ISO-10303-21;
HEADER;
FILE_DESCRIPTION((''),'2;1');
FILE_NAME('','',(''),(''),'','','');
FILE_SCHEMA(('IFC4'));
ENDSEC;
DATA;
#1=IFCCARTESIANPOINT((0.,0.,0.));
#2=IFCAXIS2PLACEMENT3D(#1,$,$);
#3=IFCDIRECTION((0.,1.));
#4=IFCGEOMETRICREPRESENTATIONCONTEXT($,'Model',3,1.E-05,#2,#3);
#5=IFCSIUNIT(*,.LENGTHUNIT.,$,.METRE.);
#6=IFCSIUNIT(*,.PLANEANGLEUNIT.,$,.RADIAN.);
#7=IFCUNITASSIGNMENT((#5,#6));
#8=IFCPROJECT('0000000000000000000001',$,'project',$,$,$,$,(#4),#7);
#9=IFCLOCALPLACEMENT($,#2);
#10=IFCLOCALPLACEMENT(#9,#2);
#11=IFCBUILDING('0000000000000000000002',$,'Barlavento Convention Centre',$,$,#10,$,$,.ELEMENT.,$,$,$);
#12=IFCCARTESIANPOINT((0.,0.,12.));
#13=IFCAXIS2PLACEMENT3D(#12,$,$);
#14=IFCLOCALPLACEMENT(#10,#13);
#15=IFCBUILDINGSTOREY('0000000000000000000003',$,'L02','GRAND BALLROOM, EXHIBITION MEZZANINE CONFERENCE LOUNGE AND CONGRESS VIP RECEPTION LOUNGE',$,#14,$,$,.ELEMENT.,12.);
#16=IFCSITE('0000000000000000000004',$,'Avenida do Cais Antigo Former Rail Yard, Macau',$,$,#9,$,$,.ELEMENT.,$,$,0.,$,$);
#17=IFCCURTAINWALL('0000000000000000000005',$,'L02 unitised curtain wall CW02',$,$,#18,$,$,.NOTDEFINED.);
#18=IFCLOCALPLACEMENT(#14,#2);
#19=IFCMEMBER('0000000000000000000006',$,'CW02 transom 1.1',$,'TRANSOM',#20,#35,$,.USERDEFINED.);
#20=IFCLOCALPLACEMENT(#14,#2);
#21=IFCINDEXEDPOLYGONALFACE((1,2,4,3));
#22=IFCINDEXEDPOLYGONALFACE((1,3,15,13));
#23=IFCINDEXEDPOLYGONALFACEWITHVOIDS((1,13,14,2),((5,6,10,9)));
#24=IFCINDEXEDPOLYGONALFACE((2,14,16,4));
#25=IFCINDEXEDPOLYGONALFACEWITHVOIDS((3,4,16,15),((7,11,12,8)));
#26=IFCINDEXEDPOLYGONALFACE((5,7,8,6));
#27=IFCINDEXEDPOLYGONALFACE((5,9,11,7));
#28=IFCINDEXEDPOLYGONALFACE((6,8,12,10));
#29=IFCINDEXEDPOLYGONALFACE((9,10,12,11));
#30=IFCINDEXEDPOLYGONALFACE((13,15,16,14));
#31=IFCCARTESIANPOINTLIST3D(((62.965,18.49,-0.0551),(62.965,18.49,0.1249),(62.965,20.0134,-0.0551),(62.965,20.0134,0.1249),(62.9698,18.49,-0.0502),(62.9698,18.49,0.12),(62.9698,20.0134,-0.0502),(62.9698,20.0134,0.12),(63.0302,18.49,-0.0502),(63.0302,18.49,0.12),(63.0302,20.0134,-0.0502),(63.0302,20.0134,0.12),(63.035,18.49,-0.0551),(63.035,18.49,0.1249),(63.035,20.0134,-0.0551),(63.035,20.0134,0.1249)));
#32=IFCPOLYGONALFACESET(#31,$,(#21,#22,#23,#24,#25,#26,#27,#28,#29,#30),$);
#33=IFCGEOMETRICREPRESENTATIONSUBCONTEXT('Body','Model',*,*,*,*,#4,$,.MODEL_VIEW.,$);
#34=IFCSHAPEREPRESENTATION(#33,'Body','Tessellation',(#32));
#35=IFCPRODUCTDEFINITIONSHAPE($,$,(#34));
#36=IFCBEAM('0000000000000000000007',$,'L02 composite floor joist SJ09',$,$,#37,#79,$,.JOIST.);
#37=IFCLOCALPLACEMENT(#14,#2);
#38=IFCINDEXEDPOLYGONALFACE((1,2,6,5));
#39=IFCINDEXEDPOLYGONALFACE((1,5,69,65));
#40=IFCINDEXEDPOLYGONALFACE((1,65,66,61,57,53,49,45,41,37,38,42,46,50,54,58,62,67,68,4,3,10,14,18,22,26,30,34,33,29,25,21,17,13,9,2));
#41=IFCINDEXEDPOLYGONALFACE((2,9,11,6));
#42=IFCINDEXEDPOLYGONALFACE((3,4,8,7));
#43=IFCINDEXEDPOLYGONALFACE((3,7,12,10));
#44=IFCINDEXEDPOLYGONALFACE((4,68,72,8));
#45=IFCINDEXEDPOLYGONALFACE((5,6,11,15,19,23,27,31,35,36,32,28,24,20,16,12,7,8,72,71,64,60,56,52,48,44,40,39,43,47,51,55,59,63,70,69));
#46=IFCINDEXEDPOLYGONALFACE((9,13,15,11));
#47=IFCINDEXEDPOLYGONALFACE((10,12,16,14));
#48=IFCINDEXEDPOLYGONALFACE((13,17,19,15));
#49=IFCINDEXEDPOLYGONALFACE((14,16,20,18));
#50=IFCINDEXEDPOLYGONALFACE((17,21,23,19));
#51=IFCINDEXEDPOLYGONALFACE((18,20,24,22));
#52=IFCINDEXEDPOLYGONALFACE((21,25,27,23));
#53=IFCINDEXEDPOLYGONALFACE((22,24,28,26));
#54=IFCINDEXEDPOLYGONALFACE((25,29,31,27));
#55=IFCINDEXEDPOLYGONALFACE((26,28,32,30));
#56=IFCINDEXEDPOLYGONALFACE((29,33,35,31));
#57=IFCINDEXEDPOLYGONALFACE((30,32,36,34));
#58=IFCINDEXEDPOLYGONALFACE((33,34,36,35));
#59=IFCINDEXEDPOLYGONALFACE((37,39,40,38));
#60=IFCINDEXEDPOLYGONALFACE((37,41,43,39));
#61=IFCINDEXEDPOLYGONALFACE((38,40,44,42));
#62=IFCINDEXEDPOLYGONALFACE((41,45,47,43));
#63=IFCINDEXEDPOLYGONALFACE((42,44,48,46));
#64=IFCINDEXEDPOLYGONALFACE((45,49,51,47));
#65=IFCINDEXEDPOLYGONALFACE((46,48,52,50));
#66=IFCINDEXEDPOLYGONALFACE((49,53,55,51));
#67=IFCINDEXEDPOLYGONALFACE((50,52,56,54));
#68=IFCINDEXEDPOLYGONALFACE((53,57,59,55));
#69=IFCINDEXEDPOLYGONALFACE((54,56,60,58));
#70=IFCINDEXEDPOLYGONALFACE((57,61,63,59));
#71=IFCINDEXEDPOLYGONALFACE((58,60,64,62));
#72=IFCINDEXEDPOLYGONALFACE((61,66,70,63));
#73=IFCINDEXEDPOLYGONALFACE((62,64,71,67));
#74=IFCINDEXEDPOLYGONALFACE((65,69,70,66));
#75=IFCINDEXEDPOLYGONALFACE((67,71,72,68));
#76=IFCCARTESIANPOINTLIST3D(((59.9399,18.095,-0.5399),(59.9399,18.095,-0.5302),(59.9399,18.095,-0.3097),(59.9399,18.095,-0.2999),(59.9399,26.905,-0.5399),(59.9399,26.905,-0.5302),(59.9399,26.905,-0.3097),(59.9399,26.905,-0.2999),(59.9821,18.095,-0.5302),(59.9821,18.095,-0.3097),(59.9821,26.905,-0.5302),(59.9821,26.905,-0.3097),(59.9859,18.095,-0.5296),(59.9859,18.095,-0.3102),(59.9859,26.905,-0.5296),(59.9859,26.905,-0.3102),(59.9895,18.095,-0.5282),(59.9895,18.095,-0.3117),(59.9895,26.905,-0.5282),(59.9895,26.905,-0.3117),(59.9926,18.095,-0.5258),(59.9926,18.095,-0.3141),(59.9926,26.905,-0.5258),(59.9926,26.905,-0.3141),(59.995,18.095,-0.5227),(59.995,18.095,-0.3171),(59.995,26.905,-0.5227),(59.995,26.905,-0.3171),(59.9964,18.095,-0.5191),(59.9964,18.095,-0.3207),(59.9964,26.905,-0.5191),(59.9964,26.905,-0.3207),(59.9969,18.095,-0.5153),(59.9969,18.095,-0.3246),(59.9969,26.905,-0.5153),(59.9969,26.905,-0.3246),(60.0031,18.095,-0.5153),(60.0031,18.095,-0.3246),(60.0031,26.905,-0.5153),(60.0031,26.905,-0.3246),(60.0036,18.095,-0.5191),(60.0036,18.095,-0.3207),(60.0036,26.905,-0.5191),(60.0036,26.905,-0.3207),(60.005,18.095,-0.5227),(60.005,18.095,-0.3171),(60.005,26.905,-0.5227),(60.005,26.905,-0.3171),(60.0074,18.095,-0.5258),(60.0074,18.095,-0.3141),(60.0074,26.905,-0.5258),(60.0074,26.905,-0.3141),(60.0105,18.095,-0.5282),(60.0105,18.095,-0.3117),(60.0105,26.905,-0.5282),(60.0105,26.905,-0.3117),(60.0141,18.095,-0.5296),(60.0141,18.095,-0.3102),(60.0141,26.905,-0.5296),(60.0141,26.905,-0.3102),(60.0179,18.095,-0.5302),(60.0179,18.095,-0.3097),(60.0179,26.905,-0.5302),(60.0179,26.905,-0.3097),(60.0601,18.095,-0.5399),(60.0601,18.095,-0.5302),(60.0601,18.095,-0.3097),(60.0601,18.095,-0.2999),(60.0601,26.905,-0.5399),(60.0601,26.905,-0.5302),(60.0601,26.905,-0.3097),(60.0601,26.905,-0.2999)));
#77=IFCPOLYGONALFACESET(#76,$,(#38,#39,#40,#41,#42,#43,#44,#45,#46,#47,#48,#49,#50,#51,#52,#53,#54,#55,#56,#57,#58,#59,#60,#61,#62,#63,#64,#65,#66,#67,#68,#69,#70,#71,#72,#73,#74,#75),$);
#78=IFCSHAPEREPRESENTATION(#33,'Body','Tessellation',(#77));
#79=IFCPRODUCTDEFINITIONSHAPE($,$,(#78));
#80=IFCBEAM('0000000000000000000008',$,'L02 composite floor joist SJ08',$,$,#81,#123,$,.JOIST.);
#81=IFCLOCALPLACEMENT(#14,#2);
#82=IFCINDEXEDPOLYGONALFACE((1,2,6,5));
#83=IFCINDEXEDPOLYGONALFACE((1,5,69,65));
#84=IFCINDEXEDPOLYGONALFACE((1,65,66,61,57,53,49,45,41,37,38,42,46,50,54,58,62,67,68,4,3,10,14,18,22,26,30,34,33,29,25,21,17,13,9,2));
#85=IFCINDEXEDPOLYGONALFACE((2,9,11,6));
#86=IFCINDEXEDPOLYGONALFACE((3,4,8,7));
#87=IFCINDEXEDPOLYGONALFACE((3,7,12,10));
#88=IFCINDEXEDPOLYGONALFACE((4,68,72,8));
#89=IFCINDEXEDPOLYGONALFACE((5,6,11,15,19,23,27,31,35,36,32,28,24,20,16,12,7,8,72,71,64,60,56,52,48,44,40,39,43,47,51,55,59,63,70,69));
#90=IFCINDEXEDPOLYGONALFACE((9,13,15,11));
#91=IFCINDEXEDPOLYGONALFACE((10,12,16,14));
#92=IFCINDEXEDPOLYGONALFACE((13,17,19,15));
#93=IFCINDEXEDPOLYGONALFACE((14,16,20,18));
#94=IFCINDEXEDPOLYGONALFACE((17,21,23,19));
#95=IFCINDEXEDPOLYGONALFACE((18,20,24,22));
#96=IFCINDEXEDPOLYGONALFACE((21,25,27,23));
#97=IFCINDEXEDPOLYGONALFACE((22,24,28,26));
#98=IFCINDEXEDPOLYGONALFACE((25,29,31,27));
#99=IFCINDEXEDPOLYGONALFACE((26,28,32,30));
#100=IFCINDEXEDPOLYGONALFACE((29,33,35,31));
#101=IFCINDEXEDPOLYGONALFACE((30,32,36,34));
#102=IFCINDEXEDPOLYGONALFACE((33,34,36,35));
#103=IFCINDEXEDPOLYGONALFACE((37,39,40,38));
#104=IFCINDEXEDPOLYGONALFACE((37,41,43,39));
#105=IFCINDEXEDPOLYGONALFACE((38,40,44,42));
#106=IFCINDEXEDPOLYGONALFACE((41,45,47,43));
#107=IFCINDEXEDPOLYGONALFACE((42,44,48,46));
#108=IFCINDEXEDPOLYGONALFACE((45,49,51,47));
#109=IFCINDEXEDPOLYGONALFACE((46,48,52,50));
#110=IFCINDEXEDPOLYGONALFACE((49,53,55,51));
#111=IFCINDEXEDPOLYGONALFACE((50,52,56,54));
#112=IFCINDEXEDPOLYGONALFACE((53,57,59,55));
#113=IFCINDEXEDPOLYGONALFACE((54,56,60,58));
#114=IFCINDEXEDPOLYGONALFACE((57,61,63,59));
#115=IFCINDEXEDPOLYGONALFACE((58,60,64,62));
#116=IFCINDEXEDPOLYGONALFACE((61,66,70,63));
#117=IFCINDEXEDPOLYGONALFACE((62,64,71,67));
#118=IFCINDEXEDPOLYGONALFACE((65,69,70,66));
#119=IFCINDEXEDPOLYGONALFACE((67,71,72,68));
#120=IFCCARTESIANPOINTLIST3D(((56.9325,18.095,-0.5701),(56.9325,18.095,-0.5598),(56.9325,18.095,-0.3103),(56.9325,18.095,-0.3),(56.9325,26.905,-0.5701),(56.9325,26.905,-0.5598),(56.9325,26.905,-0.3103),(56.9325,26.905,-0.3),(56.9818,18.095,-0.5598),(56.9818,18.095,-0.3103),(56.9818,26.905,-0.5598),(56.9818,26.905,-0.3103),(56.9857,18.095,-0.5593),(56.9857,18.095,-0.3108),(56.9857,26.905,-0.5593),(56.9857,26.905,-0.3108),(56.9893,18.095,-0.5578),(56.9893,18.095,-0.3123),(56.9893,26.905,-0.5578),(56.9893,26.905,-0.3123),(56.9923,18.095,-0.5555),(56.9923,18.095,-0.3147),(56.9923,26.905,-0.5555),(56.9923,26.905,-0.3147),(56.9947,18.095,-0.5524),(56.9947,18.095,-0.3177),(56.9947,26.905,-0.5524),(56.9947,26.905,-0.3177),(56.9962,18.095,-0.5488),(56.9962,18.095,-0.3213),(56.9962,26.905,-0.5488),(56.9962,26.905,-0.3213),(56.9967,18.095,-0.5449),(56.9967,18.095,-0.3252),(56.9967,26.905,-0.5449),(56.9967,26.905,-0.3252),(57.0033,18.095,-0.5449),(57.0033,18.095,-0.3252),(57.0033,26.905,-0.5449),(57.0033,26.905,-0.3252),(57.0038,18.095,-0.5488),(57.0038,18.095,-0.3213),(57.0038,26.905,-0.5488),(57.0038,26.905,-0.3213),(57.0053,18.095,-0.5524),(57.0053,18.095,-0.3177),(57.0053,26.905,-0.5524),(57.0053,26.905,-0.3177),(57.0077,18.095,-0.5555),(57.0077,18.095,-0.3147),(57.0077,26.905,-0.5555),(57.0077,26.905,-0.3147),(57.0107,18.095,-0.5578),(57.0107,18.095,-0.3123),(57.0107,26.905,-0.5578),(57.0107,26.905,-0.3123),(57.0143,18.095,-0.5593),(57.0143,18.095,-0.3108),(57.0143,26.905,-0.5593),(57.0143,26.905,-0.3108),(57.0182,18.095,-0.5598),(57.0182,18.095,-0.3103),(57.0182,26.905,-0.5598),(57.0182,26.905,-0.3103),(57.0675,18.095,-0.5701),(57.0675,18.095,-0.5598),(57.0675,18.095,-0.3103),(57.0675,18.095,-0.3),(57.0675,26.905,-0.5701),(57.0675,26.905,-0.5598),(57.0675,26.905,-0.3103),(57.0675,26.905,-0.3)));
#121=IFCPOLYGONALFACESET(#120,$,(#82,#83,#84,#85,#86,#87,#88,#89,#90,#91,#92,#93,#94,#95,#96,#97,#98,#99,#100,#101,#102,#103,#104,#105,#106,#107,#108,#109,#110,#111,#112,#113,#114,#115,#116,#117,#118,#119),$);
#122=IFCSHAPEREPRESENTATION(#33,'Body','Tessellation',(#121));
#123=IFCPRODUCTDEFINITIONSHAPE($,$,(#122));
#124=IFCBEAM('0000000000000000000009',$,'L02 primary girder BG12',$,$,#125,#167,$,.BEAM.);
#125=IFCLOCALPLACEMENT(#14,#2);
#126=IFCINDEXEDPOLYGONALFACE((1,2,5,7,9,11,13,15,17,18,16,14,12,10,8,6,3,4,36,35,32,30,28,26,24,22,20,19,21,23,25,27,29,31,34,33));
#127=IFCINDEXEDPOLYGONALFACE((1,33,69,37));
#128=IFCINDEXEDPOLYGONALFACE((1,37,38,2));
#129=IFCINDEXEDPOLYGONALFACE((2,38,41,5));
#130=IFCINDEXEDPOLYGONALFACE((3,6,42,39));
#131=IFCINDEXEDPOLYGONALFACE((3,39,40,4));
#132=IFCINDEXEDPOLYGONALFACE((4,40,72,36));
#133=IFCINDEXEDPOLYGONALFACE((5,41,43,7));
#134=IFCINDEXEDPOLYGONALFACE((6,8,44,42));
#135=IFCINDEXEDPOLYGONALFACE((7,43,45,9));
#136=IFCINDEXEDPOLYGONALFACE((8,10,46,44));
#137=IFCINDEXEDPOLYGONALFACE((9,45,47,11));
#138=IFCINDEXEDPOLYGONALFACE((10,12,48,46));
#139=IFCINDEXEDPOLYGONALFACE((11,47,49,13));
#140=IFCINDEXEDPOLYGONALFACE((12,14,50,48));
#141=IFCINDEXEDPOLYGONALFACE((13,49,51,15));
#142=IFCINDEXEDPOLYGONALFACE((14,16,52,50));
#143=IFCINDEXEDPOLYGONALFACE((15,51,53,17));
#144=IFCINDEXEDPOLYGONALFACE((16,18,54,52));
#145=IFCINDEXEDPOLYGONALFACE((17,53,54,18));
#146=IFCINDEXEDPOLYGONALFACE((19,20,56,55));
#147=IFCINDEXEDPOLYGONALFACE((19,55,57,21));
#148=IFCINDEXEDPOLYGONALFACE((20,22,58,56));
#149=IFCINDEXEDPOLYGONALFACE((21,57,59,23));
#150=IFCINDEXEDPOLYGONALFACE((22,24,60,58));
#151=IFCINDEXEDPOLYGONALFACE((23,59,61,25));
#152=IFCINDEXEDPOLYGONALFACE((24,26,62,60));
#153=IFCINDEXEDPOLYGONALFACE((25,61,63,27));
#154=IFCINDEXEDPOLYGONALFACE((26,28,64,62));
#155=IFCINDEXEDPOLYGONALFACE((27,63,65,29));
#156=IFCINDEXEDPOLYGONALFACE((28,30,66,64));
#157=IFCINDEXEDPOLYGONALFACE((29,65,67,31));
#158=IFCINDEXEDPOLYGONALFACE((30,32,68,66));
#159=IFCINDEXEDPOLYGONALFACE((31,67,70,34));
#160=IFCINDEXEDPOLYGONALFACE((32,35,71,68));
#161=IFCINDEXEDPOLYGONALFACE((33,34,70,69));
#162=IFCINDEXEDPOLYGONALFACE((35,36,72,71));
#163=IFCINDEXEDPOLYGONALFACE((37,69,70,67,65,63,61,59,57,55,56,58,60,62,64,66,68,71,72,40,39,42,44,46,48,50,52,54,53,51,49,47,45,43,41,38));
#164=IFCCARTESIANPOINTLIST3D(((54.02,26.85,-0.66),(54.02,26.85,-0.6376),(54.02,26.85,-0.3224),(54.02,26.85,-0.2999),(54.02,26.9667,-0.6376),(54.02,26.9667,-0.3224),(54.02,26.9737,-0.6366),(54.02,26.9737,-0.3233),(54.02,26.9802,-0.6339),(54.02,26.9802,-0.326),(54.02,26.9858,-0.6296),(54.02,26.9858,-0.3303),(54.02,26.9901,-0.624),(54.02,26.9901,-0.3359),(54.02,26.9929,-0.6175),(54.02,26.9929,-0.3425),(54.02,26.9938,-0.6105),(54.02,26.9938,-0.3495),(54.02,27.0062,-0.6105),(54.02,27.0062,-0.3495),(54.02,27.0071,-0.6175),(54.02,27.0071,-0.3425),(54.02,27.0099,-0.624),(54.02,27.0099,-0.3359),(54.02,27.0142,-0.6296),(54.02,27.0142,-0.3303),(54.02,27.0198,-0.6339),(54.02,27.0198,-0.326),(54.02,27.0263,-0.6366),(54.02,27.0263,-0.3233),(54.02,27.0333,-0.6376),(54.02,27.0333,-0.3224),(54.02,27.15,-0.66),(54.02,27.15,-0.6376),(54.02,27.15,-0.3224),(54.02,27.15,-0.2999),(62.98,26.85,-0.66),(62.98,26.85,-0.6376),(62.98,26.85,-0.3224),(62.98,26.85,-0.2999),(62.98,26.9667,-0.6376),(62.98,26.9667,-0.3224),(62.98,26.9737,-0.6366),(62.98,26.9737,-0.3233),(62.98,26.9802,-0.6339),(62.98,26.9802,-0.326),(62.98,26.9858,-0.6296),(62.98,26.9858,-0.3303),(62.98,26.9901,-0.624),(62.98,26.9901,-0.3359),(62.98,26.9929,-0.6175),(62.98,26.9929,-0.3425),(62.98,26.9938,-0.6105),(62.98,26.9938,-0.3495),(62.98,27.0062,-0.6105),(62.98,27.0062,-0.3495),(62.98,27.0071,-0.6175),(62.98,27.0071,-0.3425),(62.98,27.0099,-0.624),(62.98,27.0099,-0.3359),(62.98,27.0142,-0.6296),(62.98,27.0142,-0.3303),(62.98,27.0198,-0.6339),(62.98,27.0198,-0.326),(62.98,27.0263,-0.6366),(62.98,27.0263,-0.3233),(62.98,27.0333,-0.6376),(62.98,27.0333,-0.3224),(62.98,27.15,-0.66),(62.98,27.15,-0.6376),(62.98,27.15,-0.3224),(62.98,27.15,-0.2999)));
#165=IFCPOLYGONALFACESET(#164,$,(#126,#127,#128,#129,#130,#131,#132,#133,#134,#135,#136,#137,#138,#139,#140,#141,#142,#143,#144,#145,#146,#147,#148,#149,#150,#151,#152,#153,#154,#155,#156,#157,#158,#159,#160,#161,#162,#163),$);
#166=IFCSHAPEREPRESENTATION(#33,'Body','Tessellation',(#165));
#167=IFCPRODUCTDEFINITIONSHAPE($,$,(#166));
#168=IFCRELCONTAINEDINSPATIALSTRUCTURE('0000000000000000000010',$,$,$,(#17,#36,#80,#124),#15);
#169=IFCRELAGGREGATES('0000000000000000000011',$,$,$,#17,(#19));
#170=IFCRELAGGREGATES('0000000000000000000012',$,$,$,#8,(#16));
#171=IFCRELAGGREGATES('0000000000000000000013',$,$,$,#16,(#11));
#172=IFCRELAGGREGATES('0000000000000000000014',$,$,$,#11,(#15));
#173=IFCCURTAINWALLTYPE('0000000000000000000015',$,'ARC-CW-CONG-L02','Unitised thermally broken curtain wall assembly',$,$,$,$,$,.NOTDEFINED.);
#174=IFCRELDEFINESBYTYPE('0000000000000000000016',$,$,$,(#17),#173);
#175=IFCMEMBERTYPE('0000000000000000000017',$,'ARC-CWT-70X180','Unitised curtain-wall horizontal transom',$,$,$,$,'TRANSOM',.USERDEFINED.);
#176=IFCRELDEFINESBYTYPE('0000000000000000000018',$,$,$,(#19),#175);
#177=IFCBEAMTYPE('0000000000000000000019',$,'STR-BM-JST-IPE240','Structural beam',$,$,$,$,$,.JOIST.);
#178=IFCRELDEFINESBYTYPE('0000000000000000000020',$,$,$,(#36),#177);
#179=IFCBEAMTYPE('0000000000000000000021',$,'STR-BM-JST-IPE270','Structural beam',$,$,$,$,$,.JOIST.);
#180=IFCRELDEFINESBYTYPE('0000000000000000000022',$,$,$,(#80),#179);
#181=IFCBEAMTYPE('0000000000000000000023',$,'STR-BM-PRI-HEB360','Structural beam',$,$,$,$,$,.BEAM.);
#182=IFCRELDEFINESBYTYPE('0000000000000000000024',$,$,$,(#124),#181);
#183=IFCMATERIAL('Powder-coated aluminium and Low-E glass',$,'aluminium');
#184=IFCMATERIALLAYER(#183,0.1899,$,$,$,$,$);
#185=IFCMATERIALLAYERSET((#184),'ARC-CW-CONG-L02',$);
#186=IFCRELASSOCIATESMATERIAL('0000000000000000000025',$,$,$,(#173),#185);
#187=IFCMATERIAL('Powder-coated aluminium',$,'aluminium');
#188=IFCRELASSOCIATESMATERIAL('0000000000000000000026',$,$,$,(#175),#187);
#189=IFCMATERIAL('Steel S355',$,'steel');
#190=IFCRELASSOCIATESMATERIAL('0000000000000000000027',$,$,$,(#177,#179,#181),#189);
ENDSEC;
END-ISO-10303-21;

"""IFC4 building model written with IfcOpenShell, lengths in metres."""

from ifc_helpers import new_model, si_unit, direction, frame, origin, origin_2d, place, context, subcontext, project, spatial, hollow_rectangle, i_section, extrude, material, layer, layer_set, material_profile, profile_set, type_object, element, aggregate, save


model = new_model("IFC4")

# Units and contexts
model_context = context("Model", 3, precision=1e-05, world=origin(), true_north=direction((0.0, 1.0)))
body_context = subcontext(model_context, "Body", "Model", "MODEL_VIEW")
ifc_project = project(units=[si_unit("LENGTHUNIT", "METRE"), si_unit("PLANEANGLEUNIT", "RADIAN")], contexts=[model_context])

# Site, building, storey
site_placement = place(None, origin())
site = spatial("IfcSite", under=ifc_project, at=site_placement, Name="Avenida do Cais Antigo Former Rail Yard, Macau", CompositionType="ELEMENT", RefElevation=0.0)
building_placement = place(site_placement, origin())
building = spatial("IfcBuilding", under=site, at=building_placement, Name="Barlavento Convention Centre", CompositionType="ELEMENT")
storey_placement = place(building_placement, frame((0.0, 0.0, 12.0)))
storey = spatial("IfcBuildingStorey", under=building, at=storey_placement, Name="L02", Description="GRAND BALLROOM, EXHIBITION MEZZANINE CONFERENCE LOUNGE AND CONGRESS VIP RECEPTION LOUNGE", CompositionType="ELEMENT", Elevation=12.0)

# Shared definitions
ifc_material_1 = material(Name="Steel S355", Category="steel")

# Curtain wall
ifc_material_2 = material(Name="Powder-coated aluminium and Low-E glass", Category="aluminium")
ifc_layer = layer(ifc_material_2, 0.1899)
ifc_layer_set = layer_set([ifc_layer], Name="ARC-CW-CONG-L02")
curtain_wall_type = type_object("IfcCurtainWallType", Name="ARC-CW-CONG-L02", Description="Unitised thermally broken curtain wall assembly", PredefinedType="NOTDEFINED", material=ifc_layer_set)
ifc_material_3 = material(Name="Powder-coated aluminium", Category="aluminium")
curtain_wall_1_placement = place(storey_placement, origin())
curtain_wall_1 = element("IfcCurtainWall", 1, at=curtain_wall_1_placement, inside=storey, type_object=curtain_wall_type, Name="L02 unitised curtain wall CW02", PredefinedType="NOTDEFINED")

# Member
ifc_material_profile_1 = material_profile(ifc_material_3, hollow_rectangle(XDim=0.0701, YDim=0.1799, WallThickness=0.0049, at=origin_2d()), Name="AL-TRAN 70x180x5")
ifc_profile_set_1 = profile_set([ifc_material_profile_1], Name="Powder-coated aluminium")
member_type_1 = type_object("IfcMemberType", Name="ARC-CWT-70X180", Description="Unitised curtain-wall horizontal transom", ElementType="TRANSOM", PredefinedType="USERDEFINED", material=ifc_profile_set_1)
member_1_placement = place(storey_placement, frame((63.0, 18.49, 0.0349), z_axis=(0.0, 1.0, 0.0), x_axis=(-1.0, 0.0, 0.0)))
member_1 = element("IfcMember", 2, at=member_1_placement, type_object=member_type_1, Name="CW02 transom 1.1", ObjectType="TRANSOM", PredefinedType="USERDEFINED", context=body_context, shape_type="SweptSolid", body=[
    extrude(hollow_rectangle(XDim=0.0701, YDim=0.1799, WallThickness=0.0049, at=origin_2d()), origin(), (0.0, 0.0, 1.0), 1.5234),
])
aggregate(curtain_wall_1, [member_1])

# Beams
ifc_material_profile_2 = material_profile(ifc_material_1, i_section(OverallWidth=0.1201, OverallDepth=0.24, WebThickness=0.0061, FlangeThickness=0.0098, FilletRadius=0.0149, at=origin_2d()), Name="IPE 240")
ifc_profile_set_2 = profile_set([ifc_material_profile_2], Name="Steel S355")
beam_type_1 = type_object("IfcBeamType", Name="STR-BM-JST-IPE240", Description="Structural beam", PredefinedType="JOIST", material=ifc_profile_set_2)
beam_1_placement = place(storey_placement, frame((60.0, 18.095, -0.4199), z_axis=(0.0, 1.0, 0.0), x_axis=(-1.0, 0.0, 0.0)))
element("IfcBeam", 3, at=beam_1_placement, inside=storey, type_object=beam_type_1, Name="L02 composite floor joist SJ09", PredefinedType="JOIST", context=body_context, shape_type="SweptSolid", body=[
    extrude(i_section(OverallWidth=0.1201, OverallDepth=0.24, WebThickness=0.0061, FlangeThickness=0.0098, FilletRadius=0.0149, at=origin_2d()), origin(), (0.0, 0.0, 1.0), 8.8101),
])
ifc_material_profile_3 = material_profile(ifc_material_1, i_section(OverallWidth=0.135, OverallDepth=0.27, WebThickness=0.0066, FlangeThickness=0.0103, FilletRadius=0.0149, at=origin_2d()), Name="IPE 270")
ifc_profile_set_3 = profile_set([ifc_material_profile_3], Name="Steel S355")
beam_type_2 = type_object("IfcBeamType", Name="STR-BM-JST-IPE270", Description="Structural beam", PredefinedType="JOIST", material=ifc_profile_set_3)
beam_2_placement = place(storey_placement, frame((57.0, 18.095, -0.4351), z_axis=(0.0, 1.0, 0.0), x_axis=(-1.0, 0.0, 0.0)))
element("IfcBeam", 4, at=beam_2_placement, inside=storey, type_object=beam_type_2, Name="L02 composite floor joist SJ08", PredefinedType="JOIST", context=body_context, shape_type="SweptSolid", body=[
    extrude(i_section(OverallWidth=0.135, OverallDepth=0.27, WebThickness=0.0066, FlangeThickness=0.0103, FilletRadius=0.0149, at=origin_2d()), origin(), (0.0, 0.0, 1.0), 8.8101),
])
ifc_material_profile_4 = material_profile(ifc_material_1, i_section(OverallWidth=0.3, OverallDepth=0.3601, WebThickness=0.0125, FlangeThickness=0.0225, FilletRadius=0.0271, at=origin_2d()), Name="HEB 360")
ifc_profile_set_4 = profile_set([ifc_material_profile_4], Name="Steel S355")
beam_type_3 = type_object("IfcBeamType", Name="STR-BM-PRI-HEB360", Description="Structural beam", PredefinedType="BEAM", material=ifc_profile_set_4)
beam_3_placement = place(storey_placement, frame((54.02, 27.0, -0.48), z_axis=(1.0, 0.0, 0.0), x_axis=(0.0, 1.0, 0.0)))
element("IfcBeam", 5, at=beam_3_placement, inside=storey, type_object=beam_type_3, Name="L02 primary girder BG12", PredefinedType="BEAM", context=body_context, shape_type="SweptSolid", body=[
    extrude(i_section(OverallWidth=0.3, OverallDepth=0.3601, WebThickness=0.0125, FlangeThickness=0.0225, FilletRadius=0.0271, at=origin_2d()), origin(), (0.0, 0.0, 1.0), 8.96),
])

save(model, "model.ifc")
